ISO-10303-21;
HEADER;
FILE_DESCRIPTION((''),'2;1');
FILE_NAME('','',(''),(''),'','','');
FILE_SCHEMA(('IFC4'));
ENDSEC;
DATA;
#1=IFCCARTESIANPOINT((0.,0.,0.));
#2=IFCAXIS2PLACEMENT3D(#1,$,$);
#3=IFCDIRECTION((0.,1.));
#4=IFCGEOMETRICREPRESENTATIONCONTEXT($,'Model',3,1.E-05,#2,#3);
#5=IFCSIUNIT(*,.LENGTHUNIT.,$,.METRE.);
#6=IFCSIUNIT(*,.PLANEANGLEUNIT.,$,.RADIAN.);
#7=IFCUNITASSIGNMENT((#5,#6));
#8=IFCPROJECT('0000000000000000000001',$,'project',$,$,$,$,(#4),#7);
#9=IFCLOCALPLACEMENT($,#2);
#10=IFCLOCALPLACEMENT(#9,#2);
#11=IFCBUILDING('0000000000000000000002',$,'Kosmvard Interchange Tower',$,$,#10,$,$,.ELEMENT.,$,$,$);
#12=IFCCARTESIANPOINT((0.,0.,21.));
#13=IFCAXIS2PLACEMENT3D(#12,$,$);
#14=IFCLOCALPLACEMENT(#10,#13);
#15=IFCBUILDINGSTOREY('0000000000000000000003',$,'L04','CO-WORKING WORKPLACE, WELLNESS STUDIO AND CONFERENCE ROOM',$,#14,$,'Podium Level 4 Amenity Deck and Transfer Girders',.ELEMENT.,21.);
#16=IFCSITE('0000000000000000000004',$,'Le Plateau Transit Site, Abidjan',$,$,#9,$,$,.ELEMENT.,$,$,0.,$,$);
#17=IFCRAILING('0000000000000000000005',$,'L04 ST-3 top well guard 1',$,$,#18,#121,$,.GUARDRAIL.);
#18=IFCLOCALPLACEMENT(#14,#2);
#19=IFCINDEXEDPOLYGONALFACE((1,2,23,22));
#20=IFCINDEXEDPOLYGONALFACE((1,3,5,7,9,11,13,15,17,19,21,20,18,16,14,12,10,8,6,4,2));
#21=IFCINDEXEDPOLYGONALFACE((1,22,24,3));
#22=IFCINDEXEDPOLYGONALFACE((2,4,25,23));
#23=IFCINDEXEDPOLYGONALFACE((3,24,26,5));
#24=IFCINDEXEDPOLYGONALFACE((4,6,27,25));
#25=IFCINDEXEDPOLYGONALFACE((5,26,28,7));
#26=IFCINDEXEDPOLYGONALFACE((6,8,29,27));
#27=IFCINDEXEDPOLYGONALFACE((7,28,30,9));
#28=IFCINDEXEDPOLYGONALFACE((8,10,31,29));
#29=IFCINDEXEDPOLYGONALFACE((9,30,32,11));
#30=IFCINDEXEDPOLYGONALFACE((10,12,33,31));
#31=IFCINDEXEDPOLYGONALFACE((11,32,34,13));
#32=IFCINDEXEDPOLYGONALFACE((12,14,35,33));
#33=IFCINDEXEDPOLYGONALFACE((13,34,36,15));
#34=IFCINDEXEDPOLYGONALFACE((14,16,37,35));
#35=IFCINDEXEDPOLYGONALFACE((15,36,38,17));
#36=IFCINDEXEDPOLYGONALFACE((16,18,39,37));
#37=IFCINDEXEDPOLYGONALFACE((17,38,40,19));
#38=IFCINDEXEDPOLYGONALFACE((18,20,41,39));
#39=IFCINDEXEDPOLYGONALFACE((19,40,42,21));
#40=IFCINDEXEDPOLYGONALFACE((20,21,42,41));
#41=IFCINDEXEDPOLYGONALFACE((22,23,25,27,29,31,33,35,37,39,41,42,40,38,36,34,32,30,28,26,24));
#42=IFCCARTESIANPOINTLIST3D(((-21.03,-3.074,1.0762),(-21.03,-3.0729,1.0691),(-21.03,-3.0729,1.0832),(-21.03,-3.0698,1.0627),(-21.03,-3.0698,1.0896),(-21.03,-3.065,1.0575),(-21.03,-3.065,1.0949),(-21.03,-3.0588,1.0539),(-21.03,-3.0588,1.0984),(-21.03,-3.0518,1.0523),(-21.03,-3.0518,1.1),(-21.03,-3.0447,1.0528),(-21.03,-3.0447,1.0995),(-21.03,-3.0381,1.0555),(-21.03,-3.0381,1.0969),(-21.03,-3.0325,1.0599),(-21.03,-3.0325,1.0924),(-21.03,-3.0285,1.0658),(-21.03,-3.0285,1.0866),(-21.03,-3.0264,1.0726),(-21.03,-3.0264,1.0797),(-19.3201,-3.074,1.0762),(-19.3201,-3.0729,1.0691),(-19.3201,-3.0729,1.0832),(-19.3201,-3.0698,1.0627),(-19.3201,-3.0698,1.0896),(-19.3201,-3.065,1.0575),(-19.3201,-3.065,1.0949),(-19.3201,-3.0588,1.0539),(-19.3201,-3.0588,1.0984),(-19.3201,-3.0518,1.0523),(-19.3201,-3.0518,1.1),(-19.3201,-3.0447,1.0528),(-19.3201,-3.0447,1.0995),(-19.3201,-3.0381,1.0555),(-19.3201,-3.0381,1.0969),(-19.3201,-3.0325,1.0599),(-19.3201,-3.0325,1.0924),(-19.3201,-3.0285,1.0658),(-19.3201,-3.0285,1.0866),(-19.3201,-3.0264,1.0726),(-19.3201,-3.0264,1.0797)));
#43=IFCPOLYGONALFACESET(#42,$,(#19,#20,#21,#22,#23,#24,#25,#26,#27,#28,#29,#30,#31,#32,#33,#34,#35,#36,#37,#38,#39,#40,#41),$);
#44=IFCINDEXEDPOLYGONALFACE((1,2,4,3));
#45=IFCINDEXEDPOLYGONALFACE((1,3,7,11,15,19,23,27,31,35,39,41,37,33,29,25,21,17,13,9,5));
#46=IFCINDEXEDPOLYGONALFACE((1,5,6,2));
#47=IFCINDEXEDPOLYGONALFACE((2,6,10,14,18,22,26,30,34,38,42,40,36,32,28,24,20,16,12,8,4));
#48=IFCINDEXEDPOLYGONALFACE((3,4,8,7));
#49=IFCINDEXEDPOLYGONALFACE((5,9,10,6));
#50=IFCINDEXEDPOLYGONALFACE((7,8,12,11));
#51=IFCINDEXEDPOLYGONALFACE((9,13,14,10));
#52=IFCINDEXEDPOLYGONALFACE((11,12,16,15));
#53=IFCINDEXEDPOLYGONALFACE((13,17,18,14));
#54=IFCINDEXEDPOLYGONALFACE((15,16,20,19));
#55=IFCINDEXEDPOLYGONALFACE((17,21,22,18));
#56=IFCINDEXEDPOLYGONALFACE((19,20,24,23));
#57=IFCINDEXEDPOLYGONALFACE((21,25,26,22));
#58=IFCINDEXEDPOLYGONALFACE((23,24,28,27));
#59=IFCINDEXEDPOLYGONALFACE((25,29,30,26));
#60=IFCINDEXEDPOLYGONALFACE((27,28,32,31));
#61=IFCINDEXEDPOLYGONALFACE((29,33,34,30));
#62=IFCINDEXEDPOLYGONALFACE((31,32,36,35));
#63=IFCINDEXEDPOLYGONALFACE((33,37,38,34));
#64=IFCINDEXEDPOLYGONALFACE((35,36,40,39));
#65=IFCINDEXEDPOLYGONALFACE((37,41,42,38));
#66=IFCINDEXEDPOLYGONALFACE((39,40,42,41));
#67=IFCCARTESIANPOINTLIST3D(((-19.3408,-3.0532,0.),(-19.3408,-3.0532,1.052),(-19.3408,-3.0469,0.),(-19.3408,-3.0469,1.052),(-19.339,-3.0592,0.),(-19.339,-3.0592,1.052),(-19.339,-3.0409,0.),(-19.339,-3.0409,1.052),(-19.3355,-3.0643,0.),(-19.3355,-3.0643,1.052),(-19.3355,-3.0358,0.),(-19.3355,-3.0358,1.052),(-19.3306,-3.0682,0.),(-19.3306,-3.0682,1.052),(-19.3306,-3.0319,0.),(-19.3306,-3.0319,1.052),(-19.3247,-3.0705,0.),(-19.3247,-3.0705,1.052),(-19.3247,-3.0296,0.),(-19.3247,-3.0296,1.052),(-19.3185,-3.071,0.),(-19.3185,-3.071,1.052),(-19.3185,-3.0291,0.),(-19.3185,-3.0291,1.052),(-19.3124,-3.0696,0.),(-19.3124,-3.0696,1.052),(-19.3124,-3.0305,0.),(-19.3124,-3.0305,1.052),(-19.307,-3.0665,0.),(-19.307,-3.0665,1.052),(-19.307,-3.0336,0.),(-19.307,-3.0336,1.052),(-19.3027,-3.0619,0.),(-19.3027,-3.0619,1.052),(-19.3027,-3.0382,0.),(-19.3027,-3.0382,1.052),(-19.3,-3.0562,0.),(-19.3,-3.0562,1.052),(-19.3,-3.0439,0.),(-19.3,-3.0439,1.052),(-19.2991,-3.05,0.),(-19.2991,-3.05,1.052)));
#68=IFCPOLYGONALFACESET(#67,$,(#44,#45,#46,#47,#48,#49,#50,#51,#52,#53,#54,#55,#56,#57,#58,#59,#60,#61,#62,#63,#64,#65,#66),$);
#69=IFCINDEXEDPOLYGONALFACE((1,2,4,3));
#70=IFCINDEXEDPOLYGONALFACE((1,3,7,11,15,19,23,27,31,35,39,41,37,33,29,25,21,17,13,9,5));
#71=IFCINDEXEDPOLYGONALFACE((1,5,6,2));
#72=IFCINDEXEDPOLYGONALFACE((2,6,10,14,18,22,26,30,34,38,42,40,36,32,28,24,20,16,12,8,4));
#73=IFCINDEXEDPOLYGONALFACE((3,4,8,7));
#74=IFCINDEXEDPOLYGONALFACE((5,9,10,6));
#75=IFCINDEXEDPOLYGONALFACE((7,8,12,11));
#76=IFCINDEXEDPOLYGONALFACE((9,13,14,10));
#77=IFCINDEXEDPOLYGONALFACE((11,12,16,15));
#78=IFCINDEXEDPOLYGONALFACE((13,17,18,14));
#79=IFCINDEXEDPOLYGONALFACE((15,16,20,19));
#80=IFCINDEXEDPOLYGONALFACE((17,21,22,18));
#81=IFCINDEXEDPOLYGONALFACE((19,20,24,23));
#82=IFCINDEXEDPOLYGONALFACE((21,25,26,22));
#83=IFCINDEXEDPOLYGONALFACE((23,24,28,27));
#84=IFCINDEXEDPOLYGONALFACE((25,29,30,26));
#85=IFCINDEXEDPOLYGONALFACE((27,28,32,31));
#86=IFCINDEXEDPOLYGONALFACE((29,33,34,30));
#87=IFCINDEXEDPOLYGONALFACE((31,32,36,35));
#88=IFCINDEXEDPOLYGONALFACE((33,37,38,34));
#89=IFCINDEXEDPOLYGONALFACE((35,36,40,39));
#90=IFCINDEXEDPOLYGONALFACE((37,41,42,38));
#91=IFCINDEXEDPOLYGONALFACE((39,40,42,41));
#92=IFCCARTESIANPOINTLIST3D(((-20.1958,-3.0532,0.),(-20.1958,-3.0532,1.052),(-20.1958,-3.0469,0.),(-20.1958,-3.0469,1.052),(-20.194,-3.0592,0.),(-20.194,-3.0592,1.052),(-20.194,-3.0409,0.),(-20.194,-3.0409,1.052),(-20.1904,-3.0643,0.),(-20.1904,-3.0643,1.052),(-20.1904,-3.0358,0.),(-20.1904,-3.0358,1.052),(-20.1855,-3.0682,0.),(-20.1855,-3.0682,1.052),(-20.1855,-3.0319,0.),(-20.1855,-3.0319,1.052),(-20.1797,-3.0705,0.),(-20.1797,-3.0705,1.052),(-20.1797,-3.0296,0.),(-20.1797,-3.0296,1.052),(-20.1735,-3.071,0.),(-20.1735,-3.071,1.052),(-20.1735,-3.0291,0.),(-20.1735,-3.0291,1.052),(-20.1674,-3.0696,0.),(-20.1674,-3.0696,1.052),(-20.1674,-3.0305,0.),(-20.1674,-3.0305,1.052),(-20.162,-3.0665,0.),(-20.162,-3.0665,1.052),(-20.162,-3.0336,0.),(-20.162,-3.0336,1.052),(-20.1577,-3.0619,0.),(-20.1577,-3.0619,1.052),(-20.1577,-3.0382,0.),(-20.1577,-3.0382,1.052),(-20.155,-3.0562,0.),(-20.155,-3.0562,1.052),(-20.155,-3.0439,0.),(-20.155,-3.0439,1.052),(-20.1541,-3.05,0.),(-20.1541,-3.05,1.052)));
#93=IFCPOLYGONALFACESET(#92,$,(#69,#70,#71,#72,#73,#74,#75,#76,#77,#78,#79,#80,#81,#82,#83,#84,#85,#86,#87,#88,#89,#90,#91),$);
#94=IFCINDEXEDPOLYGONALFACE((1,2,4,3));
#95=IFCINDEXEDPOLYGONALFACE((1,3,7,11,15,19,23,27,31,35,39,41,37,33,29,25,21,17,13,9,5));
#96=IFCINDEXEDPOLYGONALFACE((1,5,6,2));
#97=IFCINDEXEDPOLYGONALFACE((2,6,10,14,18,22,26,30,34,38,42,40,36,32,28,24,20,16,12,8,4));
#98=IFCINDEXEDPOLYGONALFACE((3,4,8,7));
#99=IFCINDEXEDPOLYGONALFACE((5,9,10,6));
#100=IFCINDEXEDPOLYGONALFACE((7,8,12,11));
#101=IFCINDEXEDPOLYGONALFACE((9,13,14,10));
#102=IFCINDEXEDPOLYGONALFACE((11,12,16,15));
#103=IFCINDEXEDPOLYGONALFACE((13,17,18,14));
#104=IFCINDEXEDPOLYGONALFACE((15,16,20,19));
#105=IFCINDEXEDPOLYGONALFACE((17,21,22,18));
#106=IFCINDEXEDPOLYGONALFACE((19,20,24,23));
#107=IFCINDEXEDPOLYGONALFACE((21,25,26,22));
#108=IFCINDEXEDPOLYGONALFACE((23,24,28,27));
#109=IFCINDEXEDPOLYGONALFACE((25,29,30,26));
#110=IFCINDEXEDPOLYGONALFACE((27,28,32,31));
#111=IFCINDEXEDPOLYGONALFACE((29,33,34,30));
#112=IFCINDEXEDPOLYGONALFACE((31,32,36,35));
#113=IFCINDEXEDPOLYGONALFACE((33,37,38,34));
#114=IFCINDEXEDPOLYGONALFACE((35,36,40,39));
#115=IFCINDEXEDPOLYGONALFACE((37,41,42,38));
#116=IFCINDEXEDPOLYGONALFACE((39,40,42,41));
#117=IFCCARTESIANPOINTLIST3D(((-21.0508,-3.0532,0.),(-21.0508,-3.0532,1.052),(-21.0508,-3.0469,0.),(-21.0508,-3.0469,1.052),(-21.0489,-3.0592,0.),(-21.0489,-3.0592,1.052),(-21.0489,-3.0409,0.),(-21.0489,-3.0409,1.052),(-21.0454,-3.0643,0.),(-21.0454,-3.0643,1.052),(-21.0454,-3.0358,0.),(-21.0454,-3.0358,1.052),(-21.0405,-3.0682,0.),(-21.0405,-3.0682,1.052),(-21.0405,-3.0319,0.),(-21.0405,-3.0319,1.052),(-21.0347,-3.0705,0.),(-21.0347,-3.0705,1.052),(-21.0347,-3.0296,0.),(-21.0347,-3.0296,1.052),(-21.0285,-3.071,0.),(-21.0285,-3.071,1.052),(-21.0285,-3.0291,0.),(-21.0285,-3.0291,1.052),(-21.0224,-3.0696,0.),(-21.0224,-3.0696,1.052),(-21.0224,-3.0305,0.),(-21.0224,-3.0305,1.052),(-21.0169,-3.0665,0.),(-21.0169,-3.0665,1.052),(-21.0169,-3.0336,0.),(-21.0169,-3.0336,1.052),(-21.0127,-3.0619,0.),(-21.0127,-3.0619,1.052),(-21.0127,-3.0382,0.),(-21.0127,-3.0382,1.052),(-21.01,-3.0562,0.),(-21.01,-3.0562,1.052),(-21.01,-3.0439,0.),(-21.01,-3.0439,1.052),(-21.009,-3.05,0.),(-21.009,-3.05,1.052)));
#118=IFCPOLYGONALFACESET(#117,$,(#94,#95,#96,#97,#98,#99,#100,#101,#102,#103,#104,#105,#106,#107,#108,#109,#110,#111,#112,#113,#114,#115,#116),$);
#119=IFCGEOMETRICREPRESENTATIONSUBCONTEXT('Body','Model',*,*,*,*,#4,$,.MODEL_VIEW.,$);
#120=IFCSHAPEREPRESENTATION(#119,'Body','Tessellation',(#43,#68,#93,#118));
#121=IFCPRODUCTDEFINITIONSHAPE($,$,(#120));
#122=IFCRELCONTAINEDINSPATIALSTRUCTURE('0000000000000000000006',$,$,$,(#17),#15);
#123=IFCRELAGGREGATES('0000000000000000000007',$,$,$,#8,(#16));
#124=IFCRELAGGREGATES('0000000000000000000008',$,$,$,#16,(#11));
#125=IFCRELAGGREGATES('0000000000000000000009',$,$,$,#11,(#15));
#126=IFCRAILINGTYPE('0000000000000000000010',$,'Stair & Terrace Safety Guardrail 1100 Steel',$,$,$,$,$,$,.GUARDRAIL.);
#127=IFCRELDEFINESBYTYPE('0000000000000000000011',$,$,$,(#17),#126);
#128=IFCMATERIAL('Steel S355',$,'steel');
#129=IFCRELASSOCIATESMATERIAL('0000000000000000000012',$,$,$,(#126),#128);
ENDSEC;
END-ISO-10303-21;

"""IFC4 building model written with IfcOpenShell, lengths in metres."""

from ifc_helpers import new_model, si_unit, direction, frame, origin, origin_2d, place, context, subcontext, project, spatial, circle, extrude, source, transform, mapped, material, type_object, element, save


model = new_model("IFC4")

# Units and contexts
model_context = context("Model", 3, precision=1e-05, world=origin(), true_north=direction((0.0, 1.0)))
body_context = subcontext(model_context, "Body", "Model", "MODEL_VIEW")
ifc_project = project(units=[si_unit("LENGTHUNIT", "METRE"), si_unit("PLANEANGLEUNIT", "RADIAN")], contexts=[model_context])

# Site, building, storey
site_placement = place(None, origin())
site = spatial("IfcSite", under=ifc_project, at=site_placement, Name="Le Plateau Transit Site, Abidjan", CompositionType="ELEMENT", RefElevation=0.0)
building_placement = place(site_placement, origin())
building = spatial("IfcBuilding", under=site, at=building_placement, Name="Kosmvard Interchange Tower", CompositionType="ELEMENT")
storey_placement = place(building_placement, frame((0.0, 0.0, 21.0)))
storey = spatial("IfcBuildingStorey", under=building, at=storey_placement, Name="L04", Description="CO-WORKING WORKPLACE, WELLNESS STUDIO AND CONFERENCE ROOM", LongName="Podium Level 4 Amenity Deck and Transfer Girders", CompositionType="ELEMENT", Elevation=21.0)

# Shared definitions
ifc_material_1 = material(Name="Steel S355", Category="steel")

# Railing
railing_type = type_object("IfcRailingType", Name="Stair & Terrace Safety Guardrail 1100 Steel", PredefinedType="GUARDRAIL", material=ifc_material_1)
shared_shape_1 = source(origin(), body_context, "Body", "SweptSolid", [
    extrude(circle(Radius=0.0239, at=origin_2d()), frame((0.0, 0.0, 1.0762), z_axis=(-1.0, 0.0, 0.0), x_axis=(0.0, -1.0, 0.0)), (0.0, 0.0, 1.0), 1.71),
    extrude(circle(Radius=0.021, at=origin_2d()), origin(), (0.0, 0.0, 1.0), 1.052),
    extrude(circle(Radius=0.021, at=origin_2d()), frame((-0.855, 0.0, 0.0)), (0.0, 0.0, 1.0), 1.052),
    extrude(circle(Radius=0.021, at=origin_2d()), frame((-1.71, 0.0, 0.0)), (0.0, 0.0, 1.0), 1.052),
])
railing_placement = place(storey_placement, frame((-19.3201, -3.05, 0.0)))
element("IfcRailing", 1, at=railing_placement, inside=storey, type_object=railing_type, Name="L04 ST-3 top well guard 1", PredefinedType="GUARDRAIL", context=body_context, shape_type="MappedRepresentation", body=[
    mapped(shared_shape_1, transform((0.0, 0.0, 0.0), scale=1.0)),
])

save(model, "model.ifc")
